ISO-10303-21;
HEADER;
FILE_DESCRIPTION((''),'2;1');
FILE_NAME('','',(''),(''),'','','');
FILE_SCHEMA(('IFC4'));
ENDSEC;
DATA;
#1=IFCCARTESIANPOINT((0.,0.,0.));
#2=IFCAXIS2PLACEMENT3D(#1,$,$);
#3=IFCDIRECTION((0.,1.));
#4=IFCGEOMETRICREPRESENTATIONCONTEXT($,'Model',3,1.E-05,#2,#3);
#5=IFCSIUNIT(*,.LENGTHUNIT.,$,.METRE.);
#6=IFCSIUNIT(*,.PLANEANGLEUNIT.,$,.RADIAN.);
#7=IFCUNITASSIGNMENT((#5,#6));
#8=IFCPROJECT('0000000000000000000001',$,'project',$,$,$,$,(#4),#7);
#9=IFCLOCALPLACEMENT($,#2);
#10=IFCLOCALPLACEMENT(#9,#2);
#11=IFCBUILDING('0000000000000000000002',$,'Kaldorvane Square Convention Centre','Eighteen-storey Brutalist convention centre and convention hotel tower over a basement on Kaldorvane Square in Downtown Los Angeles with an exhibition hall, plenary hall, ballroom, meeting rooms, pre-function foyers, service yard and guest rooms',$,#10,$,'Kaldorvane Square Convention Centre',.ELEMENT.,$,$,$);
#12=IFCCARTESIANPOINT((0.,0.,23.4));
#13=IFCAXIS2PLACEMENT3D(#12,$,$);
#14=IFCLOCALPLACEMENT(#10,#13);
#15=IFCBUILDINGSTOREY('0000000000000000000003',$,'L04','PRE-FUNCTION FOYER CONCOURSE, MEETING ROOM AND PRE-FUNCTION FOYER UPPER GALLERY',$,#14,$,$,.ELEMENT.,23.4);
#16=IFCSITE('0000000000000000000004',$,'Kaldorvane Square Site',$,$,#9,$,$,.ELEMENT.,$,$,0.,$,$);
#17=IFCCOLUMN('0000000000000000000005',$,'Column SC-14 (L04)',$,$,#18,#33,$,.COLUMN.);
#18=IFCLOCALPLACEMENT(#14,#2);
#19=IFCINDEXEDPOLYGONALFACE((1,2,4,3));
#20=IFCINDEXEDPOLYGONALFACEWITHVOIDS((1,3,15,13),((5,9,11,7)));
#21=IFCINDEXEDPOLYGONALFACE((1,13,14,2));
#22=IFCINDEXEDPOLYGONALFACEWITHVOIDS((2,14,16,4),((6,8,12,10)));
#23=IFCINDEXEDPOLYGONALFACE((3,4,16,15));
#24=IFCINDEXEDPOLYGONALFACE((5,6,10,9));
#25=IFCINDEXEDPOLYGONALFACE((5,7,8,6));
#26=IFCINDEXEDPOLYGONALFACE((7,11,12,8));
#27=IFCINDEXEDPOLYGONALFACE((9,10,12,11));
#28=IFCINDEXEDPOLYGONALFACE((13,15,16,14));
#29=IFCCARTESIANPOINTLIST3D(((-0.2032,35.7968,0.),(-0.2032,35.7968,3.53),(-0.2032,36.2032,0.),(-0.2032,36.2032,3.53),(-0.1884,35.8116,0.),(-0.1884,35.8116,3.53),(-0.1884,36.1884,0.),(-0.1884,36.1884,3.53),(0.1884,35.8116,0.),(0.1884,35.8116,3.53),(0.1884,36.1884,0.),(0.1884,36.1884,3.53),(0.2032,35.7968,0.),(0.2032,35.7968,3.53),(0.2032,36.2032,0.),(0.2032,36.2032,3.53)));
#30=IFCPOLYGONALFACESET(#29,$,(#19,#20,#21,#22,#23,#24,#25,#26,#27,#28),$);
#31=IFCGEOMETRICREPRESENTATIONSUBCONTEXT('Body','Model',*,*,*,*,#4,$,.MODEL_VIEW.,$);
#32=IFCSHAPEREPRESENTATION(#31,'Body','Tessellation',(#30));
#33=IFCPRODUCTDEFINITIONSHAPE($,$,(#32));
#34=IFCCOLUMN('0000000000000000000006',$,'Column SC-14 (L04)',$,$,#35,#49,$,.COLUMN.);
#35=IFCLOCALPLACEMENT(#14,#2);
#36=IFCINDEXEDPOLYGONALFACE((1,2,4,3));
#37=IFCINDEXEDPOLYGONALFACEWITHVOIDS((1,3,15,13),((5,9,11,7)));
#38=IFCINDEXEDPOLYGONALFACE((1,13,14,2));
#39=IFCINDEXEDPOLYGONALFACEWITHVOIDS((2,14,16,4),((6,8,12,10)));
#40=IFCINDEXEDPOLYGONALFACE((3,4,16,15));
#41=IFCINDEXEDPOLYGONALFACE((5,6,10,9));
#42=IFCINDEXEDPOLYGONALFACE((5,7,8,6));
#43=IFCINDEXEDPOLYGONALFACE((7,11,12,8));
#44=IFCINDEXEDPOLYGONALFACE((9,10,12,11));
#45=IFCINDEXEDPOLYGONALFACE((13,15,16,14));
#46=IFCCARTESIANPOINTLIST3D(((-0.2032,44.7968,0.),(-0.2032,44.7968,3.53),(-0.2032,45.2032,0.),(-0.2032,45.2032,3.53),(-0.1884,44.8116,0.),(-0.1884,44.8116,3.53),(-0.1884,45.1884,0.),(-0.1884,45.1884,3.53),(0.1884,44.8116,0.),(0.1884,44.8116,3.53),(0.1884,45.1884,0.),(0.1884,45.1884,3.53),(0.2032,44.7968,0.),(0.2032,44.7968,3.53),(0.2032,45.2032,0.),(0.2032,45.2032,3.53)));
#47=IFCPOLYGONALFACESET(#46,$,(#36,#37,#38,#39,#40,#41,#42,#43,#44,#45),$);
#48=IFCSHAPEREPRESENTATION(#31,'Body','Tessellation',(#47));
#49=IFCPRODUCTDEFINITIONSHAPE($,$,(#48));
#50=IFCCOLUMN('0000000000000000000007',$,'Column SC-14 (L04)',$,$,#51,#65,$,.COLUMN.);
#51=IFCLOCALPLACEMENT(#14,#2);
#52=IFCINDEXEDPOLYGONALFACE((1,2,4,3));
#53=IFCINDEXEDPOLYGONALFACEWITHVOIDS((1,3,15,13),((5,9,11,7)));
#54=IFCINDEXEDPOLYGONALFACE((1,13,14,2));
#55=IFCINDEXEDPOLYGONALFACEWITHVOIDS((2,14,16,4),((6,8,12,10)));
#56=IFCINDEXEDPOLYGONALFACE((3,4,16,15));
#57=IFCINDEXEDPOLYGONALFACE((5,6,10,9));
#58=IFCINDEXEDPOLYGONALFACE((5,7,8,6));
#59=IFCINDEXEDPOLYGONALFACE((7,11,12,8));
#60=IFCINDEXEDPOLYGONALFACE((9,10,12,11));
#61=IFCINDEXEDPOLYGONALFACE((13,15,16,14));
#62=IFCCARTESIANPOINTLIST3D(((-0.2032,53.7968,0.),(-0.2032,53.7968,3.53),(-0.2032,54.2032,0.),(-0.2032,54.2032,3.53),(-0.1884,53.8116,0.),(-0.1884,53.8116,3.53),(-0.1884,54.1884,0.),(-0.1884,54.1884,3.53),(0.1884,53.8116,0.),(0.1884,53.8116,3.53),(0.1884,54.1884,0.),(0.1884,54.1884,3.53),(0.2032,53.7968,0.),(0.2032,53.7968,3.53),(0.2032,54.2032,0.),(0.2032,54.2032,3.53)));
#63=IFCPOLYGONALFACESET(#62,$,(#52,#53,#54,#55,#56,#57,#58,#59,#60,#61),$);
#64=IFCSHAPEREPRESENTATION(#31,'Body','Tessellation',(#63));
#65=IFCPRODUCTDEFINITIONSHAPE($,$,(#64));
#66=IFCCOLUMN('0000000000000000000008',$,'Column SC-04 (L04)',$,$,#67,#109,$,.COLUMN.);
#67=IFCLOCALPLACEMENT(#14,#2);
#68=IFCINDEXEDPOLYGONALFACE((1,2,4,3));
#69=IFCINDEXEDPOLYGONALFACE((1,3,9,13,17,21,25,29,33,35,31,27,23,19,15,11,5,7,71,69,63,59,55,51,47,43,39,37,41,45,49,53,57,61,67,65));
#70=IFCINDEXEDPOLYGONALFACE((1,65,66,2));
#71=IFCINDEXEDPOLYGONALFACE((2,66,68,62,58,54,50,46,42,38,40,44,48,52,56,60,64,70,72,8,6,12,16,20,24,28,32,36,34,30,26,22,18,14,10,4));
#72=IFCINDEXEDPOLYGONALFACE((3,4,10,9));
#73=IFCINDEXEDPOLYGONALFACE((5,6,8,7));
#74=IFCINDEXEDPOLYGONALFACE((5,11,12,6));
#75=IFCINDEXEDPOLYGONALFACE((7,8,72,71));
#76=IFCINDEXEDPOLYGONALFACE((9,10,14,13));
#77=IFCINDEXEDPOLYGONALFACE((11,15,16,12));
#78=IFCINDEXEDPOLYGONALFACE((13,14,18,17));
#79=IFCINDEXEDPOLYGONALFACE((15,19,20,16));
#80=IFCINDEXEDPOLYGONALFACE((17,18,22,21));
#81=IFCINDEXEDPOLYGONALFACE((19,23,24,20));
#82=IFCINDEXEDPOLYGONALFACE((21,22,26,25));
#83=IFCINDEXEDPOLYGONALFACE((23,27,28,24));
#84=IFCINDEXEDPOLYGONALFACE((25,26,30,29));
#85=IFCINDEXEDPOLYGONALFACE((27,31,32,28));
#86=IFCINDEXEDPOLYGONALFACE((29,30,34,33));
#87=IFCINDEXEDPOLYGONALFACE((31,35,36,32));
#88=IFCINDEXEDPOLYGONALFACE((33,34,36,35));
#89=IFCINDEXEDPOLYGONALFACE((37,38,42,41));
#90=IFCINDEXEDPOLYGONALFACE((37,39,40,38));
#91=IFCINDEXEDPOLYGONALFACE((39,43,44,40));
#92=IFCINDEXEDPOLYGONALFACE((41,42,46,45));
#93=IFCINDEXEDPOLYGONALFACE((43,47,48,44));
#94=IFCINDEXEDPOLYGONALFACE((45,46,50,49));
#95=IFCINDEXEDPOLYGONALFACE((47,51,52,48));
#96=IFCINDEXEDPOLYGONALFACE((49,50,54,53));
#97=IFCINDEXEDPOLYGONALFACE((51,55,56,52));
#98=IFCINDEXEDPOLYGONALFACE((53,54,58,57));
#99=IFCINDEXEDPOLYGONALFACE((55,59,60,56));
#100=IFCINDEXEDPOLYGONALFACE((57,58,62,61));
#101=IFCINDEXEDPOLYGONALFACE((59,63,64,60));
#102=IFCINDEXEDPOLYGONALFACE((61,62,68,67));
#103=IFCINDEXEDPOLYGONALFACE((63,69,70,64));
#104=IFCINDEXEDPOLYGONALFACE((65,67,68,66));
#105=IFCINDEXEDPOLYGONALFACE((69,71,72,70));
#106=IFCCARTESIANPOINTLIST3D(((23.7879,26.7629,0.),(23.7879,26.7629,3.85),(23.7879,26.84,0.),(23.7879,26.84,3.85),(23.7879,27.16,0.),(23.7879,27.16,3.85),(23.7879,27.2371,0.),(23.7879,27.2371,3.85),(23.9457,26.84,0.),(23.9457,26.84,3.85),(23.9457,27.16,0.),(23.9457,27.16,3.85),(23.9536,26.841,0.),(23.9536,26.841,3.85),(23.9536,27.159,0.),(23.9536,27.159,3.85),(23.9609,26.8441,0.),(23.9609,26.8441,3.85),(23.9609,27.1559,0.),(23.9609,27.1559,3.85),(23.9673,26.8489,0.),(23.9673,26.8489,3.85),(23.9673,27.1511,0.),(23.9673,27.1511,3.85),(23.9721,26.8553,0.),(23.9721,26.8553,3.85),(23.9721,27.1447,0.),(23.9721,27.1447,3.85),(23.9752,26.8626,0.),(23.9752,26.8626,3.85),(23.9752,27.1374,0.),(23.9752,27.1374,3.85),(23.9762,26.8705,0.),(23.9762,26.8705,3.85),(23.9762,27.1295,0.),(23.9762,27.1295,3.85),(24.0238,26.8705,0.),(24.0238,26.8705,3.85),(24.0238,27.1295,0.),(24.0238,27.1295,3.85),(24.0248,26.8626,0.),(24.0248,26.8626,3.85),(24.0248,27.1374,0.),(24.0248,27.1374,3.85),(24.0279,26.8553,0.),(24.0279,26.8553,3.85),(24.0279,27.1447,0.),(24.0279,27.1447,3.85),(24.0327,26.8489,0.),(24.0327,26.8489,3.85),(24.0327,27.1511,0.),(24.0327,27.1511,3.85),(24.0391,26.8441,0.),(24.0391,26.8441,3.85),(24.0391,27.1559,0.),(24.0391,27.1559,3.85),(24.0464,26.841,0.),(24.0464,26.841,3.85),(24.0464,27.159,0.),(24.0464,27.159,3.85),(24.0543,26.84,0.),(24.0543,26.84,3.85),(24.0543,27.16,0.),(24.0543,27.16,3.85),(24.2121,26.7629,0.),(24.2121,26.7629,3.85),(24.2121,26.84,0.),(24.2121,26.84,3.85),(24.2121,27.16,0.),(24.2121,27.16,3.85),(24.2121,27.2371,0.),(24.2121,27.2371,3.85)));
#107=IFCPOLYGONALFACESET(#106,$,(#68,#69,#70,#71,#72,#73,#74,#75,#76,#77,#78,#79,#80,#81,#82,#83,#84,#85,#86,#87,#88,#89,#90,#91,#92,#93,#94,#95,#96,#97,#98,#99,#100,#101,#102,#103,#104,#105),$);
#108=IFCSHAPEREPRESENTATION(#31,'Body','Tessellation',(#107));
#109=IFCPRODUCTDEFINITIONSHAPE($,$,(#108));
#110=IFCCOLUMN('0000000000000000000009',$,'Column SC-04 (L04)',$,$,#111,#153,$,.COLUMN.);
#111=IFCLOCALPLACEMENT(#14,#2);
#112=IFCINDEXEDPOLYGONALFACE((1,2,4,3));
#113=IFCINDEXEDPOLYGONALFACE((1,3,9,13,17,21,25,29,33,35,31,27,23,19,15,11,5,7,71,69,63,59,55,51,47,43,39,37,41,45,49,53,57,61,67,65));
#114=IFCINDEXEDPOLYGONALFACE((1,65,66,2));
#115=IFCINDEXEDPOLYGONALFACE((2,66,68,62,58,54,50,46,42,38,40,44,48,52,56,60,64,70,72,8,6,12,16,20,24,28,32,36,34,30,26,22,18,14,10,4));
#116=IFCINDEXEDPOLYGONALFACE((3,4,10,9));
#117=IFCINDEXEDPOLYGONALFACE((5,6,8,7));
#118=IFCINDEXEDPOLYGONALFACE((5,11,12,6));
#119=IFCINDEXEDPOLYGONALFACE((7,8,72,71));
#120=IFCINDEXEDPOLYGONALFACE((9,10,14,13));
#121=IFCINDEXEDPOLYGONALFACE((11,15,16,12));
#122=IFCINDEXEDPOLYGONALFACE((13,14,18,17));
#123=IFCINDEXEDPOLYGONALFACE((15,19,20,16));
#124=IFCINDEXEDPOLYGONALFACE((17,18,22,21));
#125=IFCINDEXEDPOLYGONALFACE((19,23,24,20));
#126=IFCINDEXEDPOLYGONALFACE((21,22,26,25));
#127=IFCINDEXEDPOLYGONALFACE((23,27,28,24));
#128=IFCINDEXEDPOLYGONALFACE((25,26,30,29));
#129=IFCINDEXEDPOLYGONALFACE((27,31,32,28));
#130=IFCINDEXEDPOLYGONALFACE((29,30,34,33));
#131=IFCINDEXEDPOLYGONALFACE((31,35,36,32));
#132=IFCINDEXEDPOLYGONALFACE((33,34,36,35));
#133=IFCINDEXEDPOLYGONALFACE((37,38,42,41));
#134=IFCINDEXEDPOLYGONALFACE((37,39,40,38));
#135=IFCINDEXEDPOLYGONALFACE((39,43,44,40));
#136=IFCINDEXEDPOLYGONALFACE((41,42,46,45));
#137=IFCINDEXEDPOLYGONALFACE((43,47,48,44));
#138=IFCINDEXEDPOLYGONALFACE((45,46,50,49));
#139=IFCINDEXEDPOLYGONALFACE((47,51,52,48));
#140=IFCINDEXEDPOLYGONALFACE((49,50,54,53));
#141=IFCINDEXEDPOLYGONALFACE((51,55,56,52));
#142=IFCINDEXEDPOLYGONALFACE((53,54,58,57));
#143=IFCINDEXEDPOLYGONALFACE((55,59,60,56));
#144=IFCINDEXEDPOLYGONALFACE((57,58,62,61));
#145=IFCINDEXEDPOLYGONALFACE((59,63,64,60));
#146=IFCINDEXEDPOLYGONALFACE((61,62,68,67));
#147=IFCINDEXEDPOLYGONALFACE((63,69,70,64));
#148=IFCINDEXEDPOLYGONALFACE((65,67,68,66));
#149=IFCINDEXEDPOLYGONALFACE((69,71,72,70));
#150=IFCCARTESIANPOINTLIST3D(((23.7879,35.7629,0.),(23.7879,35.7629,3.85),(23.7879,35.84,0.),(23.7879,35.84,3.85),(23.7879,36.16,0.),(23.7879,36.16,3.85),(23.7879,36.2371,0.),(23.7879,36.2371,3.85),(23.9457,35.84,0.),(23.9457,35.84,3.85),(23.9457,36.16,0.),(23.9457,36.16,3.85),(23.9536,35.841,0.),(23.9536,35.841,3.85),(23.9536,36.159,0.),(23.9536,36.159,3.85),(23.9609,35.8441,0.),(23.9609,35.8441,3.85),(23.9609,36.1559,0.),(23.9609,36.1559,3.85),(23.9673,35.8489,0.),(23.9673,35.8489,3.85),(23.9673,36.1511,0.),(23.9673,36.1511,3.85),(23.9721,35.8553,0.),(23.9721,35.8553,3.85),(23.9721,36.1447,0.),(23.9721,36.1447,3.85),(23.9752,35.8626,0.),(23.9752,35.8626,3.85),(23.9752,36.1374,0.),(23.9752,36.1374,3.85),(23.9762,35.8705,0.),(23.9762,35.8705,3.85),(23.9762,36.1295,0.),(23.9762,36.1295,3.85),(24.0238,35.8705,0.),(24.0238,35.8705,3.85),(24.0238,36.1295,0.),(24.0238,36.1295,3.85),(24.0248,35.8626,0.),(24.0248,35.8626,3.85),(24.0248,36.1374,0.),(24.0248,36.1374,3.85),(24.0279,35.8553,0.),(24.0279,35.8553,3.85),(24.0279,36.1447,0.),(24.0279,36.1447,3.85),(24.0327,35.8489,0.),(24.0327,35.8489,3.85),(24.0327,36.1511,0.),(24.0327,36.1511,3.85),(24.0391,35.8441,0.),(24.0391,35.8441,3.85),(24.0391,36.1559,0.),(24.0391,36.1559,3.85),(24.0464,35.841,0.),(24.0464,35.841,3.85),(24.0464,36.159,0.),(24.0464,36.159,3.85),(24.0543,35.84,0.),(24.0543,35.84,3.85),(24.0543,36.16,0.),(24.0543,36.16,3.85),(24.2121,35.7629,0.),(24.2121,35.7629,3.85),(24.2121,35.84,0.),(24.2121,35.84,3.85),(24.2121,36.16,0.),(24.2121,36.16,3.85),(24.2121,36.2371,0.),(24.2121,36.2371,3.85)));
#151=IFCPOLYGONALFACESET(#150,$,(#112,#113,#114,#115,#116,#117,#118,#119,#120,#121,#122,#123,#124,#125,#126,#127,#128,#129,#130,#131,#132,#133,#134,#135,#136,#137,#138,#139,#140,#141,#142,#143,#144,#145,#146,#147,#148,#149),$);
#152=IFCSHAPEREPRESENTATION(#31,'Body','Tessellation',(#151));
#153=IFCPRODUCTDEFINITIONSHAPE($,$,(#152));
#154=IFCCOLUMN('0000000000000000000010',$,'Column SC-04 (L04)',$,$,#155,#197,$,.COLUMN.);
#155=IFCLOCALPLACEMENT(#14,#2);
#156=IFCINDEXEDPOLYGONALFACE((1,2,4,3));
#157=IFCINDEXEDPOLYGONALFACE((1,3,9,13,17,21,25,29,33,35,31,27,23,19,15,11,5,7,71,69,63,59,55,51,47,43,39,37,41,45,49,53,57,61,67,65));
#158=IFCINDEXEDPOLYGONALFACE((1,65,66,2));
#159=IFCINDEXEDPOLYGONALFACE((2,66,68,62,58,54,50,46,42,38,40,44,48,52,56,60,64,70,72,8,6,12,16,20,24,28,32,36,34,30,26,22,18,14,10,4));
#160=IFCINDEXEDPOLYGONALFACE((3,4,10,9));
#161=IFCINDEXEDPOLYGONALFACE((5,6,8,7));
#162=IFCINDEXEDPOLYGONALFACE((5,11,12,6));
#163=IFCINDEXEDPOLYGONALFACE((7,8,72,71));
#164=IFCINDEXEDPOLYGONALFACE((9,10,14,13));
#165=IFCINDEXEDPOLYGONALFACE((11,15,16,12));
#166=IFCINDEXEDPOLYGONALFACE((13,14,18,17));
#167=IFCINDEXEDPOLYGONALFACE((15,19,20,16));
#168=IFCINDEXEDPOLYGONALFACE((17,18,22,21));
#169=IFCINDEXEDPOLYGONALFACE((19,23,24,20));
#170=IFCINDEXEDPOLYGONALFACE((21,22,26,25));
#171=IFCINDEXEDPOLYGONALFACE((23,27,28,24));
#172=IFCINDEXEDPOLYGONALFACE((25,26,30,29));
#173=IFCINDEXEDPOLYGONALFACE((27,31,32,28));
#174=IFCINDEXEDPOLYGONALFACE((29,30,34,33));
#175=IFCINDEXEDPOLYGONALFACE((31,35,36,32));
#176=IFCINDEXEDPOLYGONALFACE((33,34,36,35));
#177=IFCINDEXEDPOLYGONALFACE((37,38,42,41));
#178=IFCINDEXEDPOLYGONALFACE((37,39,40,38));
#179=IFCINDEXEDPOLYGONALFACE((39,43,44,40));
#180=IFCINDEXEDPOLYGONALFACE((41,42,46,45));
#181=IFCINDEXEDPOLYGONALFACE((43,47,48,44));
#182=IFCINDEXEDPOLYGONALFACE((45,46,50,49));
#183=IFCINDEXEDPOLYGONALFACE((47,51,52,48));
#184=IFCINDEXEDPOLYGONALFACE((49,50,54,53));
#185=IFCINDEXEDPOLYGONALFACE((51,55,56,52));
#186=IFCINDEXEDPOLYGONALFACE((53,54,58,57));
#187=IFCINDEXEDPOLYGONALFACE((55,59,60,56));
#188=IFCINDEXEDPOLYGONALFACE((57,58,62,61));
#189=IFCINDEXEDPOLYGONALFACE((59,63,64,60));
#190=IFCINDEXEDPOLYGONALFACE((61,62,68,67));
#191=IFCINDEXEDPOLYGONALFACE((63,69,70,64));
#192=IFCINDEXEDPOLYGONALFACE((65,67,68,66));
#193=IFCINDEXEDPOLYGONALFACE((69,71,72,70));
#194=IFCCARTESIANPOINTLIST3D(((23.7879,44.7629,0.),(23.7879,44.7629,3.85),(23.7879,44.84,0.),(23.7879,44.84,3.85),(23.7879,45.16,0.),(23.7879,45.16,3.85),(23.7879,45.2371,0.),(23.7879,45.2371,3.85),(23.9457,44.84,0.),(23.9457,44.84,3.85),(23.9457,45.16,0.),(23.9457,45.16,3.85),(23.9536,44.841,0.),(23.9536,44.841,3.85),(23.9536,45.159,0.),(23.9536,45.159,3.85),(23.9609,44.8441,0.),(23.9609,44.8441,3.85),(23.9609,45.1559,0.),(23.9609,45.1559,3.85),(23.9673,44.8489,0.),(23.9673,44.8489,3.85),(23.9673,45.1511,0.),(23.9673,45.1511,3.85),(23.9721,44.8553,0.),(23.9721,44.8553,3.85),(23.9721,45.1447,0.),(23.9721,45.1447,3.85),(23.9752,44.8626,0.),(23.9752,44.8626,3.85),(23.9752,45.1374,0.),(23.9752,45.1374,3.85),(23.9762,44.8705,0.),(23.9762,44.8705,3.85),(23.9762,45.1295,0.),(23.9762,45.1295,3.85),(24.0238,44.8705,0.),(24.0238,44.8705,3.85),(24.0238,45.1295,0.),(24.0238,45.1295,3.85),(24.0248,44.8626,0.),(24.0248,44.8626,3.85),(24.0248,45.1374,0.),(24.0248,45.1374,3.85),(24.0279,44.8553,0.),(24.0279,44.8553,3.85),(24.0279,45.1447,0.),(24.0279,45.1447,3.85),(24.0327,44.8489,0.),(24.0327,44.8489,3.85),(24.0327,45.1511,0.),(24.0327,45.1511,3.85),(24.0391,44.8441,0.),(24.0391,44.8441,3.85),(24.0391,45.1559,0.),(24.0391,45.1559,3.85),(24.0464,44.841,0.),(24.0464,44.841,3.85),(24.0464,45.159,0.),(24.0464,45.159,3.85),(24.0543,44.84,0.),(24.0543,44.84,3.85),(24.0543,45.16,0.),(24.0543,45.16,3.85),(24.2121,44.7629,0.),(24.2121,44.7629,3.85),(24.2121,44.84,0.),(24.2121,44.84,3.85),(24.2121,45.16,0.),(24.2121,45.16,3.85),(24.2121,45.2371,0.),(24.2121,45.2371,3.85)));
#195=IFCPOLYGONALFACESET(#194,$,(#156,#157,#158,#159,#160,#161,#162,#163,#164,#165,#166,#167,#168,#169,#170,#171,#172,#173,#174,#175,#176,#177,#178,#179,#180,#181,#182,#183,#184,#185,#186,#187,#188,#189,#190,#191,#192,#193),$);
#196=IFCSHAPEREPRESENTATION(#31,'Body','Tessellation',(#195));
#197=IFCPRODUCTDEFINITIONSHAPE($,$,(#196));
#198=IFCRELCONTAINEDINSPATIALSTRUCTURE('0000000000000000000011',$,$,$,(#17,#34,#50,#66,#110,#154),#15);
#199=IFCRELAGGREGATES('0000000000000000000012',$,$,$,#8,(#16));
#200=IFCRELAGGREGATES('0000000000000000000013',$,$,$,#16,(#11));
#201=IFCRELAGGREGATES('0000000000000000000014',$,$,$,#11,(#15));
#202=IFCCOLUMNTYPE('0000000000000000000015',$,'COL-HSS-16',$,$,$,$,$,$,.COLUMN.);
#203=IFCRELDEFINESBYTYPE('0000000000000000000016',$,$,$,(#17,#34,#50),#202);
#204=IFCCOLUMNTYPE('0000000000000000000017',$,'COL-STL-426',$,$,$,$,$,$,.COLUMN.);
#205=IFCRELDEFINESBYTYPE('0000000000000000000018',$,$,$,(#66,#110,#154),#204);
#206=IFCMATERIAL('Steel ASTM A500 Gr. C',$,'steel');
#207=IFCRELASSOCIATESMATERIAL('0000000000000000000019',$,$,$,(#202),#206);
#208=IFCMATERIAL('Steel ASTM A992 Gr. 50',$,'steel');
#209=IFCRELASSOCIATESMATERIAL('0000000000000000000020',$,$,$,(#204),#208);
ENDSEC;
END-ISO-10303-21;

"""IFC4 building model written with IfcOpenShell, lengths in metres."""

from ifc_helpers import new_model, si_unit, direction, frame, origin, origin_2d, place, context, subcontext, project, spatial, hollow_rectangle, i_section, extrude, material, material_profile, profile_set, type_object, element, save


model = new_model("IFC4")

# Units and contexts
model_context = context("Model", 3, precision=1e-05, world=origin(), true_north=direction((0.0, 1.0)))
body_context = subcontext(model_context, "Body", "Model", "MODEL_VIEW")
ifc_project = project(units=[si_unit("LENGTHUNIT", "METRE"), si_unit("PLANEANGLEUNIT", "RADIAN")], contexts=[model_context])

# Site, building, storey
site_placement = place(None, origin())
site = spatial("IfcSite", under=ifc_project, at=site_placement, Name="Kaldorvane Square Site", CompositionType="ELEMENT", RefElevation=0.0)
building_placement = place(site_placement, origin())
building = spatial("IfcBuilding", under=site, at=building_placement, Name="Kaldorvane Square Convention Centre", Description="Eighteen-storey Brutalist convention centre and convention hotel tower over a basement on Kaldorvane Square in Downtown Los Angeles with an exhibition hall, plenary hall, ballroom, meeting rooms, pre-function foyers, service yard and guest rooms", LongName="Kaldorvane Square Convention Centre", CompositionType="ELEMENT")
storey_placement = place(building_placement, frame((0.0, 0.0, 23.4)))
storey = spatial("IfcBuildingStorey", under=building, at=storey_placement, Name="L04", Description="PRE-FUNCTION FOYER CONCOURSE, MEETING ROOM AND PRE-FUNCTION FOYER UPPER GALLERY", CompositionType="ELEMENT", Elevation=23.4)

# Columns
ifc_material_1 = material(Name="Steel ASTM A500 Gr. C", Category="steel")
ifc_material_profile_1 = material_profile(ifc_material_1, hollow_rectangle(XDim=0.4064, YDim=0.4064, WallThickness=0.0148, at=origin_2d()), Name="HSS16X16X5/8")
ifc_profile_set_1 = profile_set([ifc_material_profile_1], Name="Steel ASTM A500 Gr. C")
column_type_1 = type_object("IfcColumnType", Name="COL-HSS-16", PredefinedType="COLUMN", material=ifc_profile_set_1)
for number, where, z_axis, x_axis, name in (
    (1, (0.0, 36.0, 0.0), (0.0, 0.0, 1.0), (1.0, 0.0, 0.0), "Column SC-14 (L04)"),
    (2, (0.0, 45.0, 0.0), (0.0, 0.0, 1.0), (1.0, 0.0, 0.0), "Column SC-14 (L04)"),
    (3, (0.0, 54.0, 0.0), (0.0, 0.0, 1.0), (1.0, 0.0, 0.0), "Column SC-14 (L04)"),
):
    element("IfcColumn", number, at=place(storey_placement, frame(where, z_axis=z_axis, x_axis=x_axis)), inside=storey, type_object=column_type_1, Name=name, PredefinedType="COLUMN", context=body_context, shape_type="SweptSolid", body=[
        extrude(hollow_rectangle(XDim=0.4064, YDim=0.4064, WallThickness=0.0148, at=origin_2d()), origin(), (0.0, 0.0, 1.0), 3.53),
    ])
ifc_material_2 = material(Name="Steel ASTM A992 Gr. 50", Category="steel")
ifc_material_profile_2 = material_profile(ifc_material_2, i_section(OverallWidth=0.4241, OverallDepth=0.4742, WebThickness=0.0476, FlangeThickness=0.0771, FilletRadius=0.0305, at=origin_2d()), Name="W14X426")
ifc_profile_set_2 = profile_set([ifc_material_profile_2], Name="Steel ASTM A992 Gr. 50")
column_type_2 = type_object("IfcColumnType", Name="COL-STL-426", PredefinedType="COLUMN", material=ifc_profile_set_2)
for number, where, z_axis, x_axis, name in (
    (4, (24.0, 27.0, 0.0), (0.0, 0.0, 1.0), (1.0, 0.0, 0.0), "Column SC-04 (L04)"),
    (5, (24.0, 36.0, 0.0), (0.0, 0.0, 1.0), (1.0, 0.0, 0.0), "Column SC-04 (L04)"),
    (6, (24.0, 45.0, 0.0), (0.0, 0.0, 1.0), (1.0, 0.0, 0.0), "Column SC-04 (L04)"),
):
    element("IfcColumn", number, at=place(storey_placement, frame(where, z_axis=z_axis, x_axis=x_axis)), inside=storey, type_object=column_type_2, Name=name, PredefinedType="COLUMN", context=body_context, shape_type="SweptSolid", body=[
        extrude(i_section(OverallWidth=0.4241, OverallDepth=0.4742, WebThickness=0.0476, FlangeThickness=0.0771, FilletRadius=0.0305, at=origin_2d()), origin(), (0.0, 0.0, 1.0), 3.85),
    ])

save(model, "model.ifc")
